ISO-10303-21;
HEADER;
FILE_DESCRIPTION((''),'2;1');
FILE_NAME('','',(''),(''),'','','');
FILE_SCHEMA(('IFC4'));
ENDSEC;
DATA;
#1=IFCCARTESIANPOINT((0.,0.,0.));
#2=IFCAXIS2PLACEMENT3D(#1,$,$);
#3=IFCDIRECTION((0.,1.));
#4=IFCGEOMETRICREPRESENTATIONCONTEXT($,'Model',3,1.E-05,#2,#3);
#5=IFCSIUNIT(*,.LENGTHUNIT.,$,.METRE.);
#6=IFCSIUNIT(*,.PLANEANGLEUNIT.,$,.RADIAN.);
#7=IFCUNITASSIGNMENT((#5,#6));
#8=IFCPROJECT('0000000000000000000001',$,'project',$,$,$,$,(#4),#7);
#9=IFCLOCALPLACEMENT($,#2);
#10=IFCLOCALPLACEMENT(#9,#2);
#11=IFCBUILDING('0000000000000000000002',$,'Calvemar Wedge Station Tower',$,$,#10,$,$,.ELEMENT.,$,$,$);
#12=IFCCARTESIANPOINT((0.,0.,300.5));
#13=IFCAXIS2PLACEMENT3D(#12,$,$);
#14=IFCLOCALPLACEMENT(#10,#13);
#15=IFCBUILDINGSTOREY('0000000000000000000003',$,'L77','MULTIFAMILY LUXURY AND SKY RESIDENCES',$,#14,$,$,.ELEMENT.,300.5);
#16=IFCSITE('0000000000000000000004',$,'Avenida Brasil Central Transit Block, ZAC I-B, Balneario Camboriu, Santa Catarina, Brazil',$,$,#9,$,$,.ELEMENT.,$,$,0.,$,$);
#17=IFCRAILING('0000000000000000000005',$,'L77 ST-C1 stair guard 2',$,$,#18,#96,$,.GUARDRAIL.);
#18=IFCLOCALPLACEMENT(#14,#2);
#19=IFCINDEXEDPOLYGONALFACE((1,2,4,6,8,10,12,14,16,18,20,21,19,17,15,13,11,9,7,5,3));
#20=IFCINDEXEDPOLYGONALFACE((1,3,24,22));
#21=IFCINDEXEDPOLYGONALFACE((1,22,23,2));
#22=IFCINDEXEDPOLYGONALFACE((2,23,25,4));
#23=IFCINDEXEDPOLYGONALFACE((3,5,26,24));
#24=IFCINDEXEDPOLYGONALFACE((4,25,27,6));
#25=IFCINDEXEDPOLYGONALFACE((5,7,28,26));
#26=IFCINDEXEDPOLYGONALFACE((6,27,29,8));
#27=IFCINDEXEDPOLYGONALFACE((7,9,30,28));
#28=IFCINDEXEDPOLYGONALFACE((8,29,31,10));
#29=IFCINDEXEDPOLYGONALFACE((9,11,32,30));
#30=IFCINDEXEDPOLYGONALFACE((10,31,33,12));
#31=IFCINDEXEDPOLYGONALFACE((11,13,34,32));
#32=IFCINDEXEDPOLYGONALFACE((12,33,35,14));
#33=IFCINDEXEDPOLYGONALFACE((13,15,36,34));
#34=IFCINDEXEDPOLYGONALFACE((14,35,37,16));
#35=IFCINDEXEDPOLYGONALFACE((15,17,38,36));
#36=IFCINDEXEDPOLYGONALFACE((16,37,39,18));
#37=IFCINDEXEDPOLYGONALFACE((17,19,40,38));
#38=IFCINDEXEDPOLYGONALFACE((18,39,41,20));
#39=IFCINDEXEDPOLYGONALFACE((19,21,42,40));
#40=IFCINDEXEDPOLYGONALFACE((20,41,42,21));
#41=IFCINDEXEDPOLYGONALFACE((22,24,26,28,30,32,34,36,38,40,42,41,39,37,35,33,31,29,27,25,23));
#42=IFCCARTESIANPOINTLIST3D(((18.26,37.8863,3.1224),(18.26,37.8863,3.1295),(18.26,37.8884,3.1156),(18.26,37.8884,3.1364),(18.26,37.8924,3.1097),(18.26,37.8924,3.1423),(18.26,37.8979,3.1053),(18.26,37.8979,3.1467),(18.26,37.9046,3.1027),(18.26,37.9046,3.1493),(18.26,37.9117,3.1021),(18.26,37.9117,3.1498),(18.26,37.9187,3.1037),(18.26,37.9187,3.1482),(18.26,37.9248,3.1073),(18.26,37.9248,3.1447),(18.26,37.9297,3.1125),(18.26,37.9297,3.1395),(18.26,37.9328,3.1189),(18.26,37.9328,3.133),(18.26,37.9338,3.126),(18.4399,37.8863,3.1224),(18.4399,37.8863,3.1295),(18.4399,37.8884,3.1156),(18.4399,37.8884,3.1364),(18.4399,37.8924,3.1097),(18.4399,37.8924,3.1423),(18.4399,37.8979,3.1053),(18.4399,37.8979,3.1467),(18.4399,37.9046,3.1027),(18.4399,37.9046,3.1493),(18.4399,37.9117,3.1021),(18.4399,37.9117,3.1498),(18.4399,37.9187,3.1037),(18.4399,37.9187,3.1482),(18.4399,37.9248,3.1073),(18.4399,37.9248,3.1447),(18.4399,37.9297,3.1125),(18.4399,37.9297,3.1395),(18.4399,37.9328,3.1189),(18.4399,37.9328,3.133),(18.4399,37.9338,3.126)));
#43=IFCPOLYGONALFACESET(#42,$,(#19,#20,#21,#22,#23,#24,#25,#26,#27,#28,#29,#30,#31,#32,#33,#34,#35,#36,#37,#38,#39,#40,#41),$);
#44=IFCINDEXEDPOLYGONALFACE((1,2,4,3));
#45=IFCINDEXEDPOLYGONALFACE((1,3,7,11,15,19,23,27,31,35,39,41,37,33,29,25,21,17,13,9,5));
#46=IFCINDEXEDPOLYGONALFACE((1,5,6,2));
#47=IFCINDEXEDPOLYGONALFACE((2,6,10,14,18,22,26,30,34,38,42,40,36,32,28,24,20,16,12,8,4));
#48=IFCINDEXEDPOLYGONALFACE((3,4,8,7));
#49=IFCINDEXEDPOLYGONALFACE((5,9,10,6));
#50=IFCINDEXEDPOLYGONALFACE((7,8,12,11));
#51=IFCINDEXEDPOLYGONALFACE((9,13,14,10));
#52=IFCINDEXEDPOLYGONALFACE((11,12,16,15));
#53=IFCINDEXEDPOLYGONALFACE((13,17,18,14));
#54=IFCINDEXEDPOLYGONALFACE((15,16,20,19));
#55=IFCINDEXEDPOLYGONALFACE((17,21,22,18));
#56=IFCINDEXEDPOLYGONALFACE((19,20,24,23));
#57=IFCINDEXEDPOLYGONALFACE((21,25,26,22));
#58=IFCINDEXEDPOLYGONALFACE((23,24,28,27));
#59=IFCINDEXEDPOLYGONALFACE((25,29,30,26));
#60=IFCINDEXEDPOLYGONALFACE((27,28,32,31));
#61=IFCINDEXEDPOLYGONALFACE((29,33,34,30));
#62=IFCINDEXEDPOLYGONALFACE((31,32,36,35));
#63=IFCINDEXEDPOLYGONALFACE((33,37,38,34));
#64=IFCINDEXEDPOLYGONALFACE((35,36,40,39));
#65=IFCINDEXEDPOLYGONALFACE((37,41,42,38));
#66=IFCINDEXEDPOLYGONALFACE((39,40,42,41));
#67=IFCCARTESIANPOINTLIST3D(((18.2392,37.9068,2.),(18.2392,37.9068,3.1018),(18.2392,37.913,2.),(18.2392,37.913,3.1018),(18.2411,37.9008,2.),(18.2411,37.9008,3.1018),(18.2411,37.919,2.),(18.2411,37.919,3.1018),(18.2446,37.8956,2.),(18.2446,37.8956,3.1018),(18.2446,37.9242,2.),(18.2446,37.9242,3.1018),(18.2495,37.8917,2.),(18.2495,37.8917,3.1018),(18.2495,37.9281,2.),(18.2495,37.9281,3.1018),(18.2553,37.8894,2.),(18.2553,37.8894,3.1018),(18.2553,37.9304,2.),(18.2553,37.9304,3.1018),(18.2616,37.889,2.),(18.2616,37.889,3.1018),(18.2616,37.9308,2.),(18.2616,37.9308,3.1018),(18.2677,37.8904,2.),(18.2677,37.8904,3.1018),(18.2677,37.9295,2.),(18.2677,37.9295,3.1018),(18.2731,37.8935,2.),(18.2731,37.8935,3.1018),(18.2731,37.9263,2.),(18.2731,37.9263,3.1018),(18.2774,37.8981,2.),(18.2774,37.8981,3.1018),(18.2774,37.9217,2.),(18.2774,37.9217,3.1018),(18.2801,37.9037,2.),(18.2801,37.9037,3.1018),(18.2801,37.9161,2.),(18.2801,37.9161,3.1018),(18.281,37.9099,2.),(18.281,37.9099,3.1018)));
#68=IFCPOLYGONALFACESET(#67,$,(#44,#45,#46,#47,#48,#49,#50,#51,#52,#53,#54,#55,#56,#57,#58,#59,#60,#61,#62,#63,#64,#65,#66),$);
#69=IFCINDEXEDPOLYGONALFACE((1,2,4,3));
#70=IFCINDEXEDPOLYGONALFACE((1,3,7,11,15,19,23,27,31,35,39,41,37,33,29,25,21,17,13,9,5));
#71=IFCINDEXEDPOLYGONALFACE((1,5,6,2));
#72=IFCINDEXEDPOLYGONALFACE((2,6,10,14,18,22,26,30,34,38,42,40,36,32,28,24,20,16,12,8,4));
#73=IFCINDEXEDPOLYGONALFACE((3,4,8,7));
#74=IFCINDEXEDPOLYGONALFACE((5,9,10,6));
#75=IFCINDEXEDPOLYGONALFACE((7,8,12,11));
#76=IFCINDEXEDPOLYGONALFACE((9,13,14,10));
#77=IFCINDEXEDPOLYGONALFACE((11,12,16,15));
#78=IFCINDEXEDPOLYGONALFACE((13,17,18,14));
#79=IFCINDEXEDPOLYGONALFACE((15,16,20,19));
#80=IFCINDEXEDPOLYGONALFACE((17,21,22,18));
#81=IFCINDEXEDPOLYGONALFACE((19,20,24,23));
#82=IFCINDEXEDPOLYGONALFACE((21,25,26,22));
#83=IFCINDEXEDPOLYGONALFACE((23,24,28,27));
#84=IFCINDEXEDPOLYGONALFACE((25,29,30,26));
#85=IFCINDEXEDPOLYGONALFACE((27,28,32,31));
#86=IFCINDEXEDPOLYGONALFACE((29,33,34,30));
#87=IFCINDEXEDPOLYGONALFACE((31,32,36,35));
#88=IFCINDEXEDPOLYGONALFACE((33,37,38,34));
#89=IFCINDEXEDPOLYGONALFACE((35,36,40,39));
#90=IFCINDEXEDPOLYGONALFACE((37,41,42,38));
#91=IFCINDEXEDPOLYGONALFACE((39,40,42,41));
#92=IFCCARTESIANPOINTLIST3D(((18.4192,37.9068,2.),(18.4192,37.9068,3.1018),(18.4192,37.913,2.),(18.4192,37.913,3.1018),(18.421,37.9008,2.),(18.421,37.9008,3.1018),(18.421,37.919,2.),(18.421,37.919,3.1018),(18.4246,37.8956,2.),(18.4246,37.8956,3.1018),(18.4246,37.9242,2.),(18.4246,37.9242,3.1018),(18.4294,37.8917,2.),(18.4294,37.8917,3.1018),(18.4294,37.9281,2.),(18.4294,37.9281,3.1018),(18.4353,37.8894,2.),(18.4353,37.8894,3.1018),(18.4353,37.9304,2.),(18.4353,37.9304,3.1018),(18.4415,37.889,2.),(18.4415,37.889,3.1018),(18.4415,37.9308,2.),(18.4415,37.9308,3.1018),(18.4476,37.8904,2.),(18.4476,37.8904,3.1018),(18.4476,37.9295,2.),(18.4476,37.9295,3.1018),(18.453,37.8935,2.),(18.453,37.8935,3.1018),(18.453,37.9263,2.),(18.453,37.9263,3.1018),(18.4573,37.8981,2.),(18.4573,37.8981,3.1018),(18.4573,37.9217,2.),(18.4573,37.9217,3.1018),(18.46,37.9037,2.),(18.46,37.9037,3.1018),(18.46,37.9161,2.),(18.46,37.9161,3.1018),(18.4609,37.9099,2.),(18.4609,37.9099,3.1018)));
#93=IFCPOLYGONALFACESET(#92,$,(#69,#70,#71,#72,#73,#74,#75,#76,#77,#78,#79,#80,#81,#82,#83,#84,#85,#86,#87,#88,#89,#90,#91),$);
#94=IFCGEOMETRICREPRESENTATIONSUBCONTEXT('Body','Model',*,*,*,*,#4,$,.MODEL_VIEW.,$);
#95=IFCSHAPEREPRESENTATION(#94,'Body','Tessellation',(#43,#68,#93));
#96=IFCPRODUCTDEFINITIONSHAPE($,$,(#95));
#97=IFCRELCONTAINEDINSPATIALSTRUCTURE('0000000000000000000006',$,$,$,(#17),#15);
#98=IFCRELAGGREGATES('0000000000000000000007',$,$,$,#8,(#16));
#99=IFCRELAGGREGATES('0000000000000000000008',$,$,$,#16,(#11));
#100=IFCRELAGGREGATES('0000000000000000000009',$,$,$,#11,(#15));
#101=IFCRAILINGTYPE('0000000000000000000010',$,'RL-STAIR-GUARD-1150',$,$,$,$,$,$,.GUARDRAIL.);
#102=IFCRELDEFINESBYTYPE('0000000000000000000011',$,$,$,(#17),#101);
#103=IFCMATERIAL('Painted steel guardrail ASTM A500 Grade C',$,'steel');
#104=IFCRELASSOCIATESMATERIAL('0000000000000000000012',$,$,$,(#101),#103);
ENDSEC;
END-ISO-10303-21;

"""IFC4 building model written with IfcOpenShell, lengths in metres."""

from ifc_helpers import new_model, si_unit, direction, frame, origin, origin_2d, place, context, subcontext, project, spatial, circle, extrude, material, type_object, element, save


model = new_model("IFC4")

# Units and contexts
model_context = context("Model", 3, precision=1e-05, world=origin(), true_north=direction((0.0, 1.0)))
body_context = subcontext(model_context, "Body", "Model", "MODEL_VIEW")
ifc_project = project(units=[si_unit("LENGTHUNIT", "METRE"), si_unit("PLANEANGLEUNIT", "RADIAN")], contexts=[model_context])

# Site, building, storey
site_placement = place(None, origin())
site = spatial("IfcSite", under=ifc_project, at=site_placement, Name="Avenida Brasil Central Transit Block, ZAC I-B, Balneario Camboriu, Santa Catarina, Brazil", CompositionType="ELEMENT", RefElevation=0.0)
building_placement = place(site_placement, origin())
building = spatial("IfcBuilding", under=site, at=building_placement, Name="Calvemar Wedge Station Tower", CompositionType="ELEMENT")
storey_placement = place(building_placement, frame((0.0, 0.0, 300.5)))
storey = spatial("IfcBuildingStorey", under=building, at=storey_placement, Name="L77", Description="MULTIFAMILY LUXURY AND SKY RESIDENCES", CompositionType="ELEMENT", Elevation=300.5)

# Railing
ifc_material_1 = material(Name="Painted steel guardrail ASTM A500 Grade C", Category="steel")
railing_type_1 = type_object("IfcRailingType", Name="RL-STAIR-GUARD-1150", PredefinedType="GUARDRAIL", material=ifc_material_1)
railing_1_placement = place(storey_placement, frame((18.26, 37.9099, 2.0)))
element("IfcRailing", 1, at=railing_1_placement, inside=storey, type_object=railing_type_1, Name="L77 ST-C1 stair guard 2", PredefinedType="GUARDRAIL", context=body_context, shape_type="SweptSolid", body=[
    extrude(circle(Radius=0.0239, at=origin_2d()), frame((0.0, 0.0, 1.126), z_axis=(1.0, 0.0, 0.0), x_axis=(0.0, 1.0, 0.0)), (0.0, 0.0, 1.0), 0.1799),
    extrude(circle(Radius=0.021, at=origin_2d()), origin(), (0.0, 0.0, 1.0), 1.1018),
    extrude(circle(Radius=0.021, at=origin_2d()), frame((0.1799, 0.0, 0.0)), (0.0, 0.0, 1.0), 1.1018),
])

save(model, "model.ifc")
